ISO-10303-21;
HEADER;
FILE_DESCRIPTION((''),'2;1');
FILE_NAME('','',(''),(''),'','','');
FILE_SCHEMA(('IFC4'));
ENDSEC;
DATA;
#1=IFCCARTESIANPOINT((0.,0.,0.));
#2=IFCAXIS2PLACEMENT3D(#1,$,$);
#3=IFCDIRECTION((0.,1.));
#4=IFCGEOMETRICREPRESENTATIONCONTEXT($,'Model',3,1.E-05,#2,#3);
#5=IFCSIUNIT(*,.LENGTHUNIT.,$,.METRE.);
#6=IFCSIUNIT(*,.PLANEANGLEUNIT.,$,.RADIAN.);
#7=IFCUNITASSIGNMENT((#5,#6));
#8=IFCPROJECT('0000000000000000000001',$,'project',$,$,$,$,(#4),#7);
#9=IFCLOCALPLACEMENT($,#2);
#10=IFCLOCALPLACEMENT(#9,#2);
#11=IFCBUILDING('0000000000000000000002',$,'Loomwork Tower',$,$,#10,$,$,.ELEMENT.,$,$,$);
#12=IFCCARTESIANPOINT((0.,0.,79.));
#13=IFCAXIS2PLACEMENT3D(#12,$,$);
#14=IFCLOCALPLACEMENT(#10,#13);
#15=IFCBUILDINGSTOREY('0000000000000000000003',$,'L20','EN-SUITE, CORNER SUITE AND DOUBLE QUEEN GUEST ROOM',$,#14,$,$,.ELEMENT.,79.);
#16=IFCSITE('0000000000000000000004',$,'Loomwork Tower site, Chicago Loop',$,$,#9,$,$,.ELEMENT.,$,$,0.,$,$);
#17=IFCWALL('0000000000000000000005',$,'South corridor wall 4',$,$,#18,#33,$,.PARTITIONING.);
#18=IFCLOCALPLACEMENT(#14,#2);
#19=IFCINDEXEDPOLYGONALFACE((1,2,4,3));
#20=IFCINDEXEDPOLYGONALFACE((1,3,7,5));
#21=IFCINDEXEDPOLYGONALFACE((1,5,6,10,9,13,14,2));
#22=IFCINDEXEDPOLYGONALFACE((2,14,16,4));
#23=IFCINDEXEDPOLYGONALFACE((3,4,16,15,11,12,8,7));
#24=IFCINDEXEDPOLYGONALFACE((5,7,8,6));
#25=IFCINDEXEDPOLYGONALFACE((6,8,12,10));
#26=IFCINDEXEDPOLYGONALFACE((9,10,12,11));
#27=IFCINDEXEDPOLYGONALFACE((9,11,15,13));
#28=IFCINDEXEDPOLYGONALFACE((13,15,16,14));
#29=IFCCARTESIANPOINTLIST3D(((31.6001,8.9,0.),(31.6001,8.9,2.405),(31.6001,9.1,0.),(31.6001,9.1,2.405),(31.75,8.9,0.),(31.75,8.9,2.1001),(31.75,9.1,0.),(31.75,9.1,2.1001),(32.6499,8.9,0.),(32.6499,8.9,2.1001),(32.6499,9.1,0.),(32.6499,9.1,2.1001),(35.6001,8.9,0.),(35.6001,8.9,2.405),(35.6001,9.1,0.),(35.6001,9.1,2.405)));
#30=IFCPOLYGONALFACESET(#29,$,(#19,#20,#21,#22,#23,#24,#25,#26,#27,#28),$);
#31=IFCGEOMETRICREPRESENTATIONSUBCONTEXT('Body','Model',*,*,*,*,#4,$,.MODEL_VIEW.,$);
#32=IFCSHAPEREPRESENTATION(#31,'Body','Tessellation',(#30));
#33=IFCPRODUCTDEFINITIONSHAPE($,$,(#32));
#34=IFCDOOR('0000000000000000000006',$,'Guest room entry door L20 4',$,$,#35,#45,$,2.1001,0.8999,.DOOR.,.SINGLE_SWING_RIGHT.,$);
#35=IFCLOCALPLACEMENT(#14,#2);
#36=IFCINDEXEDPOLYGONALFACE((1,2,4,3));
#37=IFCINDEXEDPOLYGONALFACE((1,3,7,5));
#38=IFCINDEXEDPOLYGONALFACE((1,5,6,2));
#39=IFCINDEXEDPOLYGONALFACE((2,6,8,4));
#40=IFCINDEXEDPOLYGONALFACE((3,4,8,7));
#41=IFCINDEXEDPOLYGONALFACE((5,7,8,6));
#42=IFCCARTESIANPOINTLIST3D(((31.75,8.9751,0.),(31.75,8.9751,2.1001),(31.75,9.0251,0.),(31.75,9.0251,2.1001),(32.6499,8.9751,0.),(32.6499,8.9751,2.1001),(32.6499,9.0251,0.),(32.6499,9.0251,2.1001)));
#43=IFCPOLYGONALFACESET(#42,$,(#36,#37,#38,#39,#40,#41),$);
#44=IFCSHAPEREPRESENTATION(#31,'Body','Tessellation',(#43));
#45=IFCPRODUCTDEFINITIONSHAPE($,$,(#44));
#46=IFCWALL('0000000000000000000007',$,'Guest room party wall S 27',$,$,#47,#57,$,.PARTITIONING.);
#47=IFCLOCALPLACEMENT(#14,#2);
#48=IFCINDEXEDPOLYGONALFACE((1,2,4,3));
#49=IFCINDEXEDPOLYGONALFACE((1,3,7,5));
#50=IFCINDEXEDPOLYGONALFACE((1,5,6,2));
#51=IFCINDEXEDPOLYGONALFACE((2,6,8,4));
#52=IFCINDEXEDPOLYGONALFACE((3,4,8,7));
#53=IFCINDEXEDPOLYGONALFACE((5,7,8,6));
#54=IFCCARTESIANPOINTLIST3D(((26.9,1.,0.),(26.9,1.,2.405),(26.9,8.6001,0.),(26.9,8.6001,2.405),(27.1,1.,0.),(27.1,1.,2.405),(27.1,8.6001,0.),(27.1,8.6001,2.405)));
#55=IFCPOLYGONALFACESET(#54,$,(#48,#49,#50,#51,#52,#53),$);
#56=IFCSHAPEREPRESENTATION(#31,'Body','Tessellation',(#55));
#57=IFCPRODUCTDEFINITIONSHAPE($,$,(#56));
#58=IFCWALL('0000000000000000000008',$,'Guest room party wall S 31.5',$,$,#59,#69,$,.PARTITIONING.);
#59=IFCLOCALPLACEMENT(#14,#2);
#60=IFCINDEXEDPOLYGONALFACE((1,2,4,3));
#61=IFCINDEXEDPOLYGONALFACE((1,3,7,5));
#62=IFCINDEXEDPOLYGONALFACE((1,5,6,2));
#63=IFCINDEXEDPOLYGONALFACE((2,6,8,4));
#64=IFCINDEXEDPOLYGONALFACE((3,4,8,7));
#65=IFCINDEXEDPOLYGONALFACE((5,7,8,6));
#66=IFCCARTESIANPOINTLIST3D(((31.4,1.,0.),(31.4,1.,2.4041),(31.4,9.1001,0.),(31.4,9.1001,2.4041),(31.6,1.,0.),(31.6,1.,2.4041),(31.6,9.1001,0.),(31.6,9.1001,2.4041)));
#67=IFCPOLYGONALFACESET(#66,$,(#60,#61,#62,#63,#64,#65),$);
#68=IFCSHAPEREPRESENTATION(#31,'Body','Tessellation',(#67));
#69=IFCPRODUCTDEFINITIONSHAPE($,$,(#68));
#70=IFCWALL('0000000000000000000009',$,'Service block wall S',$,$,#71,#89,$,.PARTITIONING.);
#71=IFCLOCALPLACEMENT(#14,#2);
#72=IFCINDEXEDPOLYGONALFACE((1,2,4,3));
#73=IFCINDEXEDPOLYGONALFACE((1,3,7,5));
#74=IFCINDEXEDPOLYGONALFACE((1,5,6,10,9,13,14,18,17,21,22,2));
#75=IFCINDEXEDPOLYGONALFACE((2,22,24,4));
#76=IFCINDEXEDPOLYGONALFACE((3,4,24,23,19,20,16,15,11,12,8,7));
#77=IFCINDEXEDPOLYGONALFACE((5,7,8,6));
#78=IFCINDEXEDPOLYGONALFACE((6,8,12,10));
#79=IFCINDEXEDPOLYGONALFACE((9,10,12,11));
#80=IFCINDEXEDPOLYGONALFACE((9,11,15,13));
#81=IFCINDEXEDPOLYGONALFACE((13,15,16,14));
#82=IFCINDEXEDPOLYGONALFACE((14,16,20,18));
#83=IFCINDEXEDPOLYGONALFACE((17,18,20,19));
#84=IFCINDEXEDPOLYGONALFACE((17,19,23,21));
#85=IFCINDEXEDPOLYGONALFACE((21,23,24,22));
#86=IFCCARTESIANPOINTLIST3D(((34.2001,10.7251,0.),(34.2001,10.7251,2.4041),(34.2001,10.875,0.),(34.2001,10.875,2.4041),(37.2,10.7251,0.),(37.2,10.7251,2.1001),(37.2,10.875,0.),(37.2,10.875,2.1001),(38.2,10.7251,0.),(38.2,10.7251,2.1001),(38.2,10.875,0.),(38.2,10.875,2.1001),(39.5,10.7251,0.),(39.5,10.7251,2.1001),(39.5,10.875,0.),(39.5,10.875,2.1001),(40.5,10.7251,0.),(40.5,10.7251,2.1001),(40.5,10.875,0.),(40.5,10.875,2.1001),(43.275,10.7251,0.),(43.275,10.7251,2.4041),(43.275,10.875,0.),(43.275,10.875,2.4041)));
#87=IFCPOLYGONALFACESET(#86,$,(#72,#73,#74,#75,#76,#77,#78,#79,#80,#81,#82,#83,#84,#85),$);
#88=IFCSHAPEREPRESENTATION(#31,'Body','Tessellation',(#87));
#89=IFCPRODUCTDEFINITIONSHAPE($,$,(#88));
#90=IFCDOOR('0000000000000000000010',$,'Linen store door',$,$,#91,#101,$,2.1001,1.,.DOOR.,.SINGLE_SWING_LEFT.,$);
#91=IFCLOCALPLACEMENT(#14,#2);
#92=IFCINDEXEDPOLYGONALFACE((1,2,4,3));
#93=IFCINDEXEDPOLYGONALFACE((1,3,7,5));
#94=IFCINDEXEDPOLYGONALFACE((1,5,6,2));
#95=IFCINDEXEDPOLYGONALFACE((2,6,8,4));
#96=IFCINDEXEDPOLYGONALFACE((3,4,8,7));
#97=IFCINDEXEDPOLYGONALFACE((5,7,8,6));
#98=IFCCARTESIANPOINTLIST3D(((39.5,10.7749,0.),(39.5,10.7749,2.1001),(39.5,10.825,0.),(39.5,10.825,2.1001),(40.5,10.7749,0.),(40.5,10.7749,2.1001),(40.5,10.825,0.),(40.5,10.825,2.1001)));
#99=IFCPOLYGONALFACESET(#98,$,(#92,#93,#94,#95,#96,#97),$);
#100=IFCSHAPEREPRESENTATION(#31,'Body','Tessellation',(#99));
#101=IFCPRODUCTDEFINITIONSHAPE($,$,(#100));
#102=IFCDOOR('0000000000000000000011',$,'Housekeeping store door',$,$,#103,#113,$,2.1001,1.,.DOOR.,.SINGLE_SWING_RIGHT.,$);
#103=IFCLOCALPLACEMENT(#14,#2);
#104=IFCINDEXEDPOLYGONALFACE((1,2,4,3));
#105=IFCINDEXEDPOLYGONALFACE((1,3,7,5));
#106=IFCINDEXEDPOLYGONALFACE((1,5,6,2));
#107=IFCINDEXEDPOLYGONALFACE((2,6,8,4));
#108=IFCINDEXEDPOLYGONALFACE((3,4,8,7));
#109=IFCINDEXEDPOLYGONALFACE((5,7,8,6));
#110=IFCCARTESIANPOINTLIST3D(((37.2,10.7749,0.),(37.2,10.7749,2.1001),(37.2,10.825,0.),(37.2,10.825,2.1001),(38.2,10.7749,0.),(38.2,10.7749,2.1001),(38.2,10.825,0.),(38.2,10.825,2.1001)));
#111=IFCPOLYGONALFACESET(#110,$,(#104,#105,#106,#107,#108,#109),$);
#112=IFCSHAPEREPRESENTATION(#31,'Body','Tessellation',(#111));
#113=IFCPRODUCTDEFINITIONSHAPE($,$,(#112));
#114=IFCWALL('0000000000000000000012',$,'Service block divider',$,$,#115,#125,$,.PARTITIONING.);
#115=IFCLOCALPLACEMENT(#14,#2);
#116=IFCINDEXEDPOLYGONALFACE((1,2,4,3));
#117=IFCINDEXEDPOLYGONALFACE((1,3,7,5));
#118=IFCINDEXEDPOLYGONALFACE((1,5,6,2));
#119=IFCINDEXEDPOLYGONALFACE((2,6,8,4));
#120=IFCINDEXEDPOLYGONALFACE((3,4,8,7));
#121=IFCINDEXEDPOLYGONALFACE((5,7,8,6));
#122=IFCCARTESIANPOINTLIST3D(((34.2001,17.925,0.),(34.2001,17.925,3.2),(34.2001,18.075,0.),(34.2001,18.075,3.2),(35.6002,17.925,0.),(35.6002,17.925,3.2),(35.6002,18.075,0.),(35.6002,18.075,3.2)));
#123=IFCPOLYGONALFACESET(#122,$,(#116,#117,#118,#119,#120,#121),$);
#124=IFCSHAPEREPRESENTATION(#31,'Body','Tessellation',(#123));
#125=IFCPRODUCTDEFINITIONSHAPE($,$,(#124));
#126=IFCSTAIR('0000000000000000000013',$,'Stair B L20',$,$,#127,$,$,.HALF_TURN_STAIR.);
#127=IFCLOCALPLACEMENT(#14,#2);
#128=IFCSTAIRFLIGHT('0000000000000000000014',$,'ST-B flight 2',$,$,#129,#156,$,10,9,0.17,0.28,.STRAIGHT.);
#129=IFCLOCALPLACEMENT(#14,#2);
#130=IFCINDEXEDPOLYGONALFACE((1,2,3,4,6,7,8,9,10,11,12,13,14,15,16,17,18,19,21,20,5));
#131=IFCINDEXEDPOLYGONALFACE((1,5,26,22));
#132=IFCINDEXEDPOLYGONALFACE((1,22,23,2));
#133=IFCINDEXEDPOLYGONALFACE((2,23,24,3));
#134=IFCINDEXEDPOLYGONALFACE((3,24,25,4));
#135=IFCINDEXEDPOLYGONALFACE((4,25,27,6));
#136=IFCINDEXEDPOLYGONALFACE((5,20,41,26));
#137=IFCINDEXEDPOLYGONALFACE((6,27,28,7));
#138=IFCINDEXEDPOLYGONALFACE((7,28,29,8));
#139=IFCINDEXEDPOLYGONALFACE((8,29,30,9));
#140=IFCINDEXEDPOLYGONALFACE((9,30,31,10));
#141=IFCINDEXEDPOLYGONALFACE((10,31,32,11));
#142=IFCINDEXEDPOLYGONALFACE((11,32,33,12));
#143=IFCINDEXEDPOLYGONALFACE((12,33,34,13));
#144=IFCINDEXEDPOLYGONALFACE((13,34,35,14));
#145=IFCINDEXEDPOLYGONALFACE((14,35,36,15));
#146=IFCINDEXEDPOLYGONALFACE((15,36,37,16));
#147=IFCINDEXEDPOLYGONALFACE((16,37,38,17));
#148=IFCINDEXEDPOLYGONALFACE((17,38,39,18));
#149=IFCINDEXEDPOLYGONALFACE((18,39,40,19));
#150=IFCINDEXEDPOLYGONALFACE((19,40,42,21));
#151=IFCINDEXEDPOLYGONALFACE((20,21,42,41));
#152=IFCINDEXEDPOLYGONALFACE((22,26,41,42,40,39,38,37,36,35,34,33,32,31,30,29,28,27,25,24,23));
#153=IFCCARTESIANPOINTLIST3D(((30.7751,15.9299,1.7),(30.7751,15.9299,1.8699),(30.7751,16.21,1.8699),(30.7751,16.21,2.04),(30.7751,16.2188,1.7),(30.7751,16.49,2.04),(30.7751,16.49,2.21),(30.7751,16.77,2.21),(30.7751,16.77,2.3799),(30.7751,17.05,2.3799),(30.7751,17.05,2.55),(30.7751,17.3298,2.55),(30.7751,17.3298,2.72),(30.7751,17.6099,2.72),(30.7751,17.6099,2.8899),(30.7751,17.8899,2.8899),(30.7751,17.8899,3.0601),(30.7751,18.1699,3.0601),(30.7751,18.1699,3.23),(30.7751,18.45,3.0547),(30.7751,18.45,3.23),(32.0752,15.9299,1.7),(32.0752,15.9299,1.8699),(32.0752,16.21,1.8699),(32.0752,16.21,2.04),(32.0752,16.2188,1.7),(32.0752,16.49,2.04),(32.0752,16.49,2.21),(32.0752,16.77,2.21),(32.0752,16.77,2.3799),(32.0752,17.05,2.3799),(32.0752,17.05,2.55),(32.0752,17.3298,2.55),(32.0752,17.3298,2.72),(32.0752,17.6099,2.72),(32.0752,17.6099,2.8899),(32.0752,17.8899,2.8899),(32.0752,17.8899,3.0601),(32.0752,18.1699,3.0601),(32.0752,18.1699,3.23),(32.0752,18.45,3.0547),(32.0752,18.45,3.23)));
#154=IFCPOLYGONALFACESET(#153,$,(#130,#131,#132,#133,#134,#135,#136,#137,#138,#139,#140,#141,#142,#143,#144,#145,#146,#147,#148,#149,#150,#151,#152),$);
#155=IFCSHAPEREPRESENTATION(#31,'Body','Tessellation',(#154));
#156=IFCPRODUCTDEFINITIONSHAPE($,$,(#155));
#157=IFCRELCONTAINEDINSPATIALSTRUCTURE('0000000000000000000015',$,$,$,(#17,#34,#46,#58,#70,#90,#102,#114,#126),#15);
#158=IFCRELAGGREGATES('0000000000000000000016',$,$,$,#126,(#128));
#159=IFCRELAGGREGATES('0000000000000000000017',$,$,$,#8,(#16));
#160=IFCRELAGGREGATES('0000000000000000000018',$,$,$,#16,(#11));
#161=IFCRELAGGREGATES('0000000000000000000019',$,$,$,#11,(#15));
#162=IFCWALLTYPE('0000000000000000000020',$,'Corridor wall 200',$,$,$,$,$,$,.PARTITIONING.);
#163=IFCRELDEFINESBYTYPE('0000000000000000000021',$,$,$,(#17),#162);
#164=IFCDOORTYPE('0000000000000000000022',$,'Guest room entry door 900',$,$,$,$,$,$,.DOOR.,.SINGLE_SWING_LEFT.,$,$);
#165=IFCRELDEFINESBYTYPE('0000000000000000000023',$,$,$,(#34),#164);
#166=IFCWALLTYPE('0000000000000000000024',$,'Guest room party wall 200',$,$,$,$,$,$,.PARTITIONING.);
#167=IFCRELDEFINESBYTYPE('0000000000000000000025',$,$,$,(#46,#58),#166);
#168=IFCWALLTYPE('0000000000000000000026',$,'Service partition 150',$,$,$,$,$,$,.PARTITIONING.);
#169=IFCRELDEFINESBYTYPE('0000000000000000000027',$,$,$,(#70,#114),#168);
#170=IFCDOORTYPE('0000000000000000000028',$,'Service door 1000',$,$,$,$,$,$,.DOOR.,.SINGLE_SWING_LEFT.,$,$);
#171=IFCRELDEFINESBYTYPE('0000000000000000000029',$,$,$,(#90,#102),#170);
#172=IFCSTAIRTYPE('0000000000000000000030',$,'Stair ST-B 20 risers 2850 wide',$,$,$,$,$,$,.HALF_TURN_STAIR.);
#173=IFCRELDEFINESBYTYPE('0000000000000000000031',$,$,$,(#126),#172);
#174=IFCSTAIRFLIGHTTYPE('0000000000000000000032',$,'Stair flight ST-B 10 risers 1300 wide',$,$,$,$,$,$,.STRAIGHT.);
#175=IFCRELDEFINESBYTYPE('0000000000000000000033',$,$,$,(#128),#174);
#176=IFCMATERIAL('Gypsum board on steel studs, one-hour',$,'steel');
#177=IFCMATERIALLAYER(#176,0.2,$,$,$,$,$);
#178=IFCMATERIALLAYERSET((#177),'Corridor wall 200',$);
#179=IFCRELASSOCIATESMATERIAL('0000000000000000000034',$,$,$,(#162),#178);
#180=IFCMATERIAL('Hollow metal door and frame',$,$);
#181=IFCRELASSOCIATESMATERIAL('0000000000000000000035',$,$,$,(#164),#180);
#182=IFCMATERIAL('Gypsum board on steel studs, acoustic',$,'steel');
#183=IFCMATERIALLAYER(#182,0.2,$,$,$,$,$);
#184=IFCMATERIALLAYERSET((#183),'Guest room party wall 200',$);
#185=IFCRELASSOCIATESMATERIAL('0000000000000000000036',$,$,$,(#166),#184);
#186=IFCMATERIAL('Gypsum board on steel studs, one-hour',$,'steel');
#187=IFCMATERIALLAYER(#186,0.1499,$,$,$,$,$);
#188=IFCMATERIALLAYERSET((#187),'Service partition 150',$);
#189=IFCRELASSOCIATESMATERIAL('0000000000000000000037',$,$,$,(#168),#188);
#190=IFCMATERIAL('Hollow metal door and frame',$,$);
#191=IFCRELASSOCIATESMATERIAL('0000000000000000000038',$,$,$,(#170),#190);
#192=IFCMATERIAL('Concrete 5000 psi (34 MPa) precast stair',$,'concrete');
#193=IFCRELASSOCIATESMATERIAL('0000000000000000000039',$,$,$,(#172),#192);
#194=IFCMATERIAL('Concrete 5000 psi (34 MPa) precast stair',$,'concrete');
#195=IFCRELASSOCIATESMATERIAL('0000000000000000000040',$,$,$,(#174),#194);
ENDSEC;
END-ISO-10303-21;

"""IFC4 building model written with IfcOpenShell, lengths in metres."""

from ifc_helpers import new_model, si_unit, direction, frame, frame_2d, origin, place, context, subcontext, project, spatial, polyline, rectangle, outline, extrude, material, layer, layer_set, type_object, element, fill, aggregate, save


model = new_model("IFC4")

# Units and contexts
model_context = context("Model", 3, precision=1e-05, world=origin(), true_north=direction((0.0, 1.0)))
body_context = subcontext(model_context, "Body", "Model", "MODEL_VIEW")
ifc_project = project(units=[si_unit("LENGTHUNIT", "METRE"), si_unit("PLANEANGLEUNIT", "RADIAN")], contexts=[model_context])

# Site, building, storey
site_placement = place(None, origin())
site = spatial("IfcSite", under=ifc_project, at=site_placement, Name="Loomwork Tower site, Chicago Loop", CompositionType="ELEMENT", RefElevation=0.0)
building_placement = place(site_placement, origin())
building = spatial("IfcBuilding", under=site, at=building_placement, Name="Loomwork Tower", CompositionType="ELEMENT")
storey_placement = place(building_placement, frame((0.0, 0.0, 79.0)))
storey = spatial("IfcBuildingStorey", under=building, at=storey_placement, Name="L20", Description="EN-SUITE, CORNER SUITE AND DOUBLE QUEEN GUEST ROOM", CompositionType="ELEMENT", Elevation=79.0)

# Wall, opening, door
ifc_material_1 = material(Name="Gypsum board on steel studs, one-hour", Category="steel")
ifc_layer_1 = layer(ifc_material_1, 0.2)
ifc_layer_set_1 = layer_set([ifc_layer_1], Name="Corridor wall 200")
wall_type_1 = type_object("IfcWallType", Name="Corridor wall 200", PredefinedType="PARTITIONING", material=ifc_layer_set_1)
wall_1_placement = place(storey_placement, frame((31.6001, 9.0, 0.0), z_axis=(0.0, 0.0, 1.0), x_axis=(1.0, 0.0, 0.0)))
wall_1 = element("IfcWall", 1, at=wall_1_placement, inside=storey, type_object=wall_type_1, Name="South corridor wall 4", PredefinedType="PARTITIONING", context=body_context, shape_type="SweptSolid", body=[
    extrude(rectangle(XDim=4.0, YDim=0.2, at=frame_2d((2.0, 0.0))), origin(), (0.0, 0.0, 1.0), 2.405),
])
opening_1_placement = place(wall_1_placement, frame((0.1499, 0.0, 0.0)))
opening_1 = element("IfcOpeningElement", 2, at=opening_1_placement, cuts=wall_1, PredefinedType="OPENING", context=body_context, shape_type="SweptSolid", body=[
    extrude(rectangle(XDim=0.8999, YDim=2.1001, at=frame_2d((0.45, 1.05))), frame((0.0, 0.1099, 0.0), z_axis=(0.0, -1.0, 0.0), x_axis=(1.0, 0.0, 0.0)), (0.0, 0.0, 1.0), 0.22),
])
ifc_material_2 = material(Name="Hollow metal door and frame")
door_type_1 = type_object("IfcDoorType", Name="Guest room entry door 900", OperationType="SINGLE_SWING_LEFT", PredefinedType="DOOR", material=ifc_material_2)
door_1_placement = place(opening_1_placement, frame((0.8999, 0.0, 0.0), z_axis=(0.0, 0.0, 1.0), x_axis=(-1.0, 0.0, 0.0)))
door_1 = element("IfcDoor", 3, at=door_1_placement, inside=storey, type_object=door_type_1, Name="Guest room entry door L20 4", OperationType="SINGLE_SWING_RIGHT", OverallHeight=2.1001, OverallWidth=0.8999, PredefinedType="DOOR", context=body_context, shape_type="SweptSolid", body=[
    extrude(rectangle(XDim=0.8999, YDim=2.1001, at=frame_2d((0.45, 1.05))), frame((0.0, 0.0249, 0.0), z_axis=(0.0, -1.0, 0.0), x_axis=(1.0, 0.0, 0.0)), (0.0, 0.0, 1.0), 0.05),
])
fill(opening_1, door_1)

# Walls
ifc_material_3 = material(Name="Gypsum board on steel studs, acoustic", Category="steel")
ifc_layer_2 = layer(ifc_material_3, 0.2)
ifc_layer_set_2 = layer_set([ifc_layer_2], Name="Guest room party wall 200")
wall_type_2 = type_object("IfcWallType", Name="Guest room party wall 200", PredefinedType="PARTITIONING", material=ifc_layer_set_2)
wall_2_placement = place(storey_placement, frame((27.0, 8.6001, 0.0), z_axis=(0.0, 0.0, 1.0), x_axis=(0.0, -1.0, 0.0)))
element("IfcWall", 4, at=wall_2_placement, inside=storey, type_object=wall_type_2, Name="Guest room party wall S 27", PredefinedType="PARTITIONING", context=body_context, shape_type="SweptSolid", body=[
    extrude(rectangle(XDim=7.6001, YDim=0.2, at=frame_2d((3.8, 0.0))), origin(), (0.0, 0.0, 1.0), 2.405),
])
wall_3_placement = place(storey_placement, frame((31.5, 9.1001, 0.0), z_axis=(0.0, 0.0, 1.0), x_axis=(0.0, -1.0, 0.0)))
element("IfcWall", 5, at=wall_3_placement, inside=storey, type_object=wall_type_2, Name="Guest room party wall S 31.5", PredefinedType="PARTITIONING", context=body_context, shape_type="SweptSolid", body=[
    extrude(rectangle(XDim=8.1001, YDim=0.2, at=frame_2d((4.05, 0.0))), origin(), (0.0, 0.0, 1.0), 2.4041),
])

# Wall, openings, doors
ifc_material_4 = material(Name="Gypsum board on steel studs, one-hour", Category="steel")
ifc_layer_3 = layer(ifc_material_4, 0.1499)
ifc_layer_set_3 = layer_set([ifc_layer_3], Name="Service partition 150")
wall_type_3 = type_object("IfcWallType", Name="Service partition 150", PredefinedType="PARTITIONING", material=ifc_layer_set_3)
wall_4_placement = place(storey_placement, frame((34.2, 10.8, 0.0), z_axis=(0.0, 0.0, 1.0), x_axis=(1.0, 0.0, 0.0)))
wall_4 = element("IfcWall", 6, at=wall_4_placement, inside=storey, type_object=wall_type_3, Name="Service block wall S", PredefinedType="PARTITIONING", context=body_context, shape_type="SweptSolid", body=[
    extrude(rectangle(XDim=9.075, YDim=0.1499, at=frame_2d((4.5376, 0.0))), origin(), (0.0, 0.0, 1.0), 2.4041),
])
opening_2_placement = place(wall_4_placement, frame((5.3, 0.0, 0.0)))
opening_2 = element("IfcOpeningElement", 7, at=opening_2_placement, cuts=wall_4, PredefinedType="OPENING", context=body_context, shape_type="SweptSolid", body=[
    extrude(rectangle(XDim=1.0, YDim=2.1001, at=frame_2d((0.5, 1.05))), frame((0.0, 0.085, 0.0), z_axis=(0.0, -1.0, 0.0), x_axis=(1.0, 0.0, 0.0)), (0.0, 0.0, 1.0), 0.1699),
])
opening_3_placement = place(wall_4_placement, frame((3.0, 0.0, 0.0)))
opening_3 = element("IfcOpeningElement", 8, at=opening_3_placement, cuts=wall_4, PredefinedType="OPENING", context=body_context, shape_type="SweptSolid", body=[
    extrude(rectangle(XDim=1.0, YDim=2.1001, at=frame_2d((0.5, 1.05))), frame((0.0, 0.085, 0.0), z_axis=(0.0, -1.0, 0.0), x_axis=(1.0, 0.0, 0.0)), (0.0, 0.0, 1.0), 0.1699),
])
ifc_material_5 = material(Name="Hollow metal door and frame")
door_type_2 = type_object("IfcDoorType", Name="Service door 1000", OperationType="SINGLE_SWING_LEFT", PredefinedType="DOOR", material=ifc_material_5)
door_2_placement = place(opening_2_placement, origin())
door_2 = element("IfcDoor", 9, at=door_2_placement, inside=storey, type_object=door_type_2, Name="Linen store door", OperationType="SINGLE_SWING_LEFT", OverallHeight=2.1001, OverallWidth=1.0, PredefinedType="DOOR", context=body_context, shape_type="SweptSolid", body=[
    extrude(rectangle(XDim=1.0, YDim=2.1001, at=frame_2d((0.5, 1.05))), frame((0.0, 0.0249, 0.0), z_axis=(0.0, -1.0, 0.0), x_axis=(1.0, 0.0, 0.0)), (0.0, 0.0, 1.0), 0.05),
])
fill(opening_2, door_2)
door_3_placement = place(opening_3_placement, origin())
door_3 = element("IfcDoor", 10, at=door_3_placement, inside=storey, type_object=door_type_2, Name="Housekeeping store door", OperationType="SINGLE_SWING_RIGHT", OverallHeight=2.1001, OverallWidth=1.0, PredefinedType="DOOR", context=body_context, shape_type="SweptSolid", body=[
    extrude(rectangle(XDim=1.0, YDim=2.1001, at=frame_2d((0.5, 1.05))), frame((0.0, 0.0249, 0.0), z_axis=(0.0, -1.0, 0.0), x_axis=(1.0, 0.0, 0.0)), (0.0, 0.0, 1.0), 0.05),
])
fill(opening_3, door_3)

# Wall
wall_5_placement = place(storey_placement, frame((34.2, 18.0, 0.0), z_axis=(0.0, 0.0, 1.0), x_axis=(1.0, 0.0, 0.0)))
element("IfcWall", 11, at=wall_5_placement, inside=storey, type_object=wall_type_3, Name="Service block divider", PredefinedType="PARTITIONING", context=body_context, shape_type="SweptSolid", body=[
    extrude(rectangle(XDim=1.4001, YDim=0.1499, at=frame_2d((0.7002, 0.0))), origin(), (0.0, 0.0, 1.0), 3.2),
])

# Stair, stair flight
ifc_material_6 = material(Name="Concrete 5000 psi (34 MPa) precast stair", Category="concrete")
stair_type = type_object("IfcStairType", Name="Stair ST-B 20 risers 2850 wide", PredefinedType="HALF_TURN_STAIR", material=ifc_material_6)
stair_placement = place(storey_placement, origin())
stair = element("IfcStair", 12, at=stair_placement, inside=storey, type_object=stair_type, Name="Stair B L20", PredefinedType="HALF_TURN_STAIR")
ifc_material_7 = material(Name="Concrete 5000 psi (34 MPa) precast stair", Category="concrete")
stair_flight_type = type_object("IfcStairFlightType", Name="Stair flight ST-B 10 risers 1300 wide", PredefinedType="STRAIGHT", material=ifc_material_7)
stair_flight_placement = place(storey_placement, frame((31.425, 15.9299, 1.7), z_axis=(0.0, 0.0, 1.0), x_axis=(0.0, 1.0, 0.0)))
stair_flight = element("IfcStairFlight", 13, at=stair_flight_placement, type_object=stair_flight_type, Name="ST-B flight 2", NumberOfRisers=10, NumberOfTreads=9, PredefinedType="STRAIGHT", RiserHeight=0.17, TreadLength=0.28, context=body_context, shape_type="SweptSolid", body=[
    extrude(outline(polyline([(0.0, 0.0), (0.0, 0.1699), (0.28, 0.1699), (0.28, 0.3401), (0.5601, 0.3401), (0.5601, 0.51), (0.8401, 0.51), (0.8401, 0.6799), (1.1201, 0.6799), (1.1201, 0.8501), (1.3999, 0.8501), (1.3999, 1.02), (1.6799, 1.02), (1.6799, 1.1899), (1.96, 1.1899), (1.96, 1.3601), (2.24, 1.3601), (2.24, 1.53), (2.52, 1.53), (2.52, 1.7), (2.52, 1.3547), (0.2888, 0.0), (0.0, 0.0)])), frame((0.0, 0.6499, 0.0), z_axis=(0.0, -1.0, 0.0), x_axis=(1.0, 0.0, 0.0)), (0.0, 0.0, 1.0), 1.3),
])
aggregate(stair, [stair_flight])

save(model, "model.ifc")
